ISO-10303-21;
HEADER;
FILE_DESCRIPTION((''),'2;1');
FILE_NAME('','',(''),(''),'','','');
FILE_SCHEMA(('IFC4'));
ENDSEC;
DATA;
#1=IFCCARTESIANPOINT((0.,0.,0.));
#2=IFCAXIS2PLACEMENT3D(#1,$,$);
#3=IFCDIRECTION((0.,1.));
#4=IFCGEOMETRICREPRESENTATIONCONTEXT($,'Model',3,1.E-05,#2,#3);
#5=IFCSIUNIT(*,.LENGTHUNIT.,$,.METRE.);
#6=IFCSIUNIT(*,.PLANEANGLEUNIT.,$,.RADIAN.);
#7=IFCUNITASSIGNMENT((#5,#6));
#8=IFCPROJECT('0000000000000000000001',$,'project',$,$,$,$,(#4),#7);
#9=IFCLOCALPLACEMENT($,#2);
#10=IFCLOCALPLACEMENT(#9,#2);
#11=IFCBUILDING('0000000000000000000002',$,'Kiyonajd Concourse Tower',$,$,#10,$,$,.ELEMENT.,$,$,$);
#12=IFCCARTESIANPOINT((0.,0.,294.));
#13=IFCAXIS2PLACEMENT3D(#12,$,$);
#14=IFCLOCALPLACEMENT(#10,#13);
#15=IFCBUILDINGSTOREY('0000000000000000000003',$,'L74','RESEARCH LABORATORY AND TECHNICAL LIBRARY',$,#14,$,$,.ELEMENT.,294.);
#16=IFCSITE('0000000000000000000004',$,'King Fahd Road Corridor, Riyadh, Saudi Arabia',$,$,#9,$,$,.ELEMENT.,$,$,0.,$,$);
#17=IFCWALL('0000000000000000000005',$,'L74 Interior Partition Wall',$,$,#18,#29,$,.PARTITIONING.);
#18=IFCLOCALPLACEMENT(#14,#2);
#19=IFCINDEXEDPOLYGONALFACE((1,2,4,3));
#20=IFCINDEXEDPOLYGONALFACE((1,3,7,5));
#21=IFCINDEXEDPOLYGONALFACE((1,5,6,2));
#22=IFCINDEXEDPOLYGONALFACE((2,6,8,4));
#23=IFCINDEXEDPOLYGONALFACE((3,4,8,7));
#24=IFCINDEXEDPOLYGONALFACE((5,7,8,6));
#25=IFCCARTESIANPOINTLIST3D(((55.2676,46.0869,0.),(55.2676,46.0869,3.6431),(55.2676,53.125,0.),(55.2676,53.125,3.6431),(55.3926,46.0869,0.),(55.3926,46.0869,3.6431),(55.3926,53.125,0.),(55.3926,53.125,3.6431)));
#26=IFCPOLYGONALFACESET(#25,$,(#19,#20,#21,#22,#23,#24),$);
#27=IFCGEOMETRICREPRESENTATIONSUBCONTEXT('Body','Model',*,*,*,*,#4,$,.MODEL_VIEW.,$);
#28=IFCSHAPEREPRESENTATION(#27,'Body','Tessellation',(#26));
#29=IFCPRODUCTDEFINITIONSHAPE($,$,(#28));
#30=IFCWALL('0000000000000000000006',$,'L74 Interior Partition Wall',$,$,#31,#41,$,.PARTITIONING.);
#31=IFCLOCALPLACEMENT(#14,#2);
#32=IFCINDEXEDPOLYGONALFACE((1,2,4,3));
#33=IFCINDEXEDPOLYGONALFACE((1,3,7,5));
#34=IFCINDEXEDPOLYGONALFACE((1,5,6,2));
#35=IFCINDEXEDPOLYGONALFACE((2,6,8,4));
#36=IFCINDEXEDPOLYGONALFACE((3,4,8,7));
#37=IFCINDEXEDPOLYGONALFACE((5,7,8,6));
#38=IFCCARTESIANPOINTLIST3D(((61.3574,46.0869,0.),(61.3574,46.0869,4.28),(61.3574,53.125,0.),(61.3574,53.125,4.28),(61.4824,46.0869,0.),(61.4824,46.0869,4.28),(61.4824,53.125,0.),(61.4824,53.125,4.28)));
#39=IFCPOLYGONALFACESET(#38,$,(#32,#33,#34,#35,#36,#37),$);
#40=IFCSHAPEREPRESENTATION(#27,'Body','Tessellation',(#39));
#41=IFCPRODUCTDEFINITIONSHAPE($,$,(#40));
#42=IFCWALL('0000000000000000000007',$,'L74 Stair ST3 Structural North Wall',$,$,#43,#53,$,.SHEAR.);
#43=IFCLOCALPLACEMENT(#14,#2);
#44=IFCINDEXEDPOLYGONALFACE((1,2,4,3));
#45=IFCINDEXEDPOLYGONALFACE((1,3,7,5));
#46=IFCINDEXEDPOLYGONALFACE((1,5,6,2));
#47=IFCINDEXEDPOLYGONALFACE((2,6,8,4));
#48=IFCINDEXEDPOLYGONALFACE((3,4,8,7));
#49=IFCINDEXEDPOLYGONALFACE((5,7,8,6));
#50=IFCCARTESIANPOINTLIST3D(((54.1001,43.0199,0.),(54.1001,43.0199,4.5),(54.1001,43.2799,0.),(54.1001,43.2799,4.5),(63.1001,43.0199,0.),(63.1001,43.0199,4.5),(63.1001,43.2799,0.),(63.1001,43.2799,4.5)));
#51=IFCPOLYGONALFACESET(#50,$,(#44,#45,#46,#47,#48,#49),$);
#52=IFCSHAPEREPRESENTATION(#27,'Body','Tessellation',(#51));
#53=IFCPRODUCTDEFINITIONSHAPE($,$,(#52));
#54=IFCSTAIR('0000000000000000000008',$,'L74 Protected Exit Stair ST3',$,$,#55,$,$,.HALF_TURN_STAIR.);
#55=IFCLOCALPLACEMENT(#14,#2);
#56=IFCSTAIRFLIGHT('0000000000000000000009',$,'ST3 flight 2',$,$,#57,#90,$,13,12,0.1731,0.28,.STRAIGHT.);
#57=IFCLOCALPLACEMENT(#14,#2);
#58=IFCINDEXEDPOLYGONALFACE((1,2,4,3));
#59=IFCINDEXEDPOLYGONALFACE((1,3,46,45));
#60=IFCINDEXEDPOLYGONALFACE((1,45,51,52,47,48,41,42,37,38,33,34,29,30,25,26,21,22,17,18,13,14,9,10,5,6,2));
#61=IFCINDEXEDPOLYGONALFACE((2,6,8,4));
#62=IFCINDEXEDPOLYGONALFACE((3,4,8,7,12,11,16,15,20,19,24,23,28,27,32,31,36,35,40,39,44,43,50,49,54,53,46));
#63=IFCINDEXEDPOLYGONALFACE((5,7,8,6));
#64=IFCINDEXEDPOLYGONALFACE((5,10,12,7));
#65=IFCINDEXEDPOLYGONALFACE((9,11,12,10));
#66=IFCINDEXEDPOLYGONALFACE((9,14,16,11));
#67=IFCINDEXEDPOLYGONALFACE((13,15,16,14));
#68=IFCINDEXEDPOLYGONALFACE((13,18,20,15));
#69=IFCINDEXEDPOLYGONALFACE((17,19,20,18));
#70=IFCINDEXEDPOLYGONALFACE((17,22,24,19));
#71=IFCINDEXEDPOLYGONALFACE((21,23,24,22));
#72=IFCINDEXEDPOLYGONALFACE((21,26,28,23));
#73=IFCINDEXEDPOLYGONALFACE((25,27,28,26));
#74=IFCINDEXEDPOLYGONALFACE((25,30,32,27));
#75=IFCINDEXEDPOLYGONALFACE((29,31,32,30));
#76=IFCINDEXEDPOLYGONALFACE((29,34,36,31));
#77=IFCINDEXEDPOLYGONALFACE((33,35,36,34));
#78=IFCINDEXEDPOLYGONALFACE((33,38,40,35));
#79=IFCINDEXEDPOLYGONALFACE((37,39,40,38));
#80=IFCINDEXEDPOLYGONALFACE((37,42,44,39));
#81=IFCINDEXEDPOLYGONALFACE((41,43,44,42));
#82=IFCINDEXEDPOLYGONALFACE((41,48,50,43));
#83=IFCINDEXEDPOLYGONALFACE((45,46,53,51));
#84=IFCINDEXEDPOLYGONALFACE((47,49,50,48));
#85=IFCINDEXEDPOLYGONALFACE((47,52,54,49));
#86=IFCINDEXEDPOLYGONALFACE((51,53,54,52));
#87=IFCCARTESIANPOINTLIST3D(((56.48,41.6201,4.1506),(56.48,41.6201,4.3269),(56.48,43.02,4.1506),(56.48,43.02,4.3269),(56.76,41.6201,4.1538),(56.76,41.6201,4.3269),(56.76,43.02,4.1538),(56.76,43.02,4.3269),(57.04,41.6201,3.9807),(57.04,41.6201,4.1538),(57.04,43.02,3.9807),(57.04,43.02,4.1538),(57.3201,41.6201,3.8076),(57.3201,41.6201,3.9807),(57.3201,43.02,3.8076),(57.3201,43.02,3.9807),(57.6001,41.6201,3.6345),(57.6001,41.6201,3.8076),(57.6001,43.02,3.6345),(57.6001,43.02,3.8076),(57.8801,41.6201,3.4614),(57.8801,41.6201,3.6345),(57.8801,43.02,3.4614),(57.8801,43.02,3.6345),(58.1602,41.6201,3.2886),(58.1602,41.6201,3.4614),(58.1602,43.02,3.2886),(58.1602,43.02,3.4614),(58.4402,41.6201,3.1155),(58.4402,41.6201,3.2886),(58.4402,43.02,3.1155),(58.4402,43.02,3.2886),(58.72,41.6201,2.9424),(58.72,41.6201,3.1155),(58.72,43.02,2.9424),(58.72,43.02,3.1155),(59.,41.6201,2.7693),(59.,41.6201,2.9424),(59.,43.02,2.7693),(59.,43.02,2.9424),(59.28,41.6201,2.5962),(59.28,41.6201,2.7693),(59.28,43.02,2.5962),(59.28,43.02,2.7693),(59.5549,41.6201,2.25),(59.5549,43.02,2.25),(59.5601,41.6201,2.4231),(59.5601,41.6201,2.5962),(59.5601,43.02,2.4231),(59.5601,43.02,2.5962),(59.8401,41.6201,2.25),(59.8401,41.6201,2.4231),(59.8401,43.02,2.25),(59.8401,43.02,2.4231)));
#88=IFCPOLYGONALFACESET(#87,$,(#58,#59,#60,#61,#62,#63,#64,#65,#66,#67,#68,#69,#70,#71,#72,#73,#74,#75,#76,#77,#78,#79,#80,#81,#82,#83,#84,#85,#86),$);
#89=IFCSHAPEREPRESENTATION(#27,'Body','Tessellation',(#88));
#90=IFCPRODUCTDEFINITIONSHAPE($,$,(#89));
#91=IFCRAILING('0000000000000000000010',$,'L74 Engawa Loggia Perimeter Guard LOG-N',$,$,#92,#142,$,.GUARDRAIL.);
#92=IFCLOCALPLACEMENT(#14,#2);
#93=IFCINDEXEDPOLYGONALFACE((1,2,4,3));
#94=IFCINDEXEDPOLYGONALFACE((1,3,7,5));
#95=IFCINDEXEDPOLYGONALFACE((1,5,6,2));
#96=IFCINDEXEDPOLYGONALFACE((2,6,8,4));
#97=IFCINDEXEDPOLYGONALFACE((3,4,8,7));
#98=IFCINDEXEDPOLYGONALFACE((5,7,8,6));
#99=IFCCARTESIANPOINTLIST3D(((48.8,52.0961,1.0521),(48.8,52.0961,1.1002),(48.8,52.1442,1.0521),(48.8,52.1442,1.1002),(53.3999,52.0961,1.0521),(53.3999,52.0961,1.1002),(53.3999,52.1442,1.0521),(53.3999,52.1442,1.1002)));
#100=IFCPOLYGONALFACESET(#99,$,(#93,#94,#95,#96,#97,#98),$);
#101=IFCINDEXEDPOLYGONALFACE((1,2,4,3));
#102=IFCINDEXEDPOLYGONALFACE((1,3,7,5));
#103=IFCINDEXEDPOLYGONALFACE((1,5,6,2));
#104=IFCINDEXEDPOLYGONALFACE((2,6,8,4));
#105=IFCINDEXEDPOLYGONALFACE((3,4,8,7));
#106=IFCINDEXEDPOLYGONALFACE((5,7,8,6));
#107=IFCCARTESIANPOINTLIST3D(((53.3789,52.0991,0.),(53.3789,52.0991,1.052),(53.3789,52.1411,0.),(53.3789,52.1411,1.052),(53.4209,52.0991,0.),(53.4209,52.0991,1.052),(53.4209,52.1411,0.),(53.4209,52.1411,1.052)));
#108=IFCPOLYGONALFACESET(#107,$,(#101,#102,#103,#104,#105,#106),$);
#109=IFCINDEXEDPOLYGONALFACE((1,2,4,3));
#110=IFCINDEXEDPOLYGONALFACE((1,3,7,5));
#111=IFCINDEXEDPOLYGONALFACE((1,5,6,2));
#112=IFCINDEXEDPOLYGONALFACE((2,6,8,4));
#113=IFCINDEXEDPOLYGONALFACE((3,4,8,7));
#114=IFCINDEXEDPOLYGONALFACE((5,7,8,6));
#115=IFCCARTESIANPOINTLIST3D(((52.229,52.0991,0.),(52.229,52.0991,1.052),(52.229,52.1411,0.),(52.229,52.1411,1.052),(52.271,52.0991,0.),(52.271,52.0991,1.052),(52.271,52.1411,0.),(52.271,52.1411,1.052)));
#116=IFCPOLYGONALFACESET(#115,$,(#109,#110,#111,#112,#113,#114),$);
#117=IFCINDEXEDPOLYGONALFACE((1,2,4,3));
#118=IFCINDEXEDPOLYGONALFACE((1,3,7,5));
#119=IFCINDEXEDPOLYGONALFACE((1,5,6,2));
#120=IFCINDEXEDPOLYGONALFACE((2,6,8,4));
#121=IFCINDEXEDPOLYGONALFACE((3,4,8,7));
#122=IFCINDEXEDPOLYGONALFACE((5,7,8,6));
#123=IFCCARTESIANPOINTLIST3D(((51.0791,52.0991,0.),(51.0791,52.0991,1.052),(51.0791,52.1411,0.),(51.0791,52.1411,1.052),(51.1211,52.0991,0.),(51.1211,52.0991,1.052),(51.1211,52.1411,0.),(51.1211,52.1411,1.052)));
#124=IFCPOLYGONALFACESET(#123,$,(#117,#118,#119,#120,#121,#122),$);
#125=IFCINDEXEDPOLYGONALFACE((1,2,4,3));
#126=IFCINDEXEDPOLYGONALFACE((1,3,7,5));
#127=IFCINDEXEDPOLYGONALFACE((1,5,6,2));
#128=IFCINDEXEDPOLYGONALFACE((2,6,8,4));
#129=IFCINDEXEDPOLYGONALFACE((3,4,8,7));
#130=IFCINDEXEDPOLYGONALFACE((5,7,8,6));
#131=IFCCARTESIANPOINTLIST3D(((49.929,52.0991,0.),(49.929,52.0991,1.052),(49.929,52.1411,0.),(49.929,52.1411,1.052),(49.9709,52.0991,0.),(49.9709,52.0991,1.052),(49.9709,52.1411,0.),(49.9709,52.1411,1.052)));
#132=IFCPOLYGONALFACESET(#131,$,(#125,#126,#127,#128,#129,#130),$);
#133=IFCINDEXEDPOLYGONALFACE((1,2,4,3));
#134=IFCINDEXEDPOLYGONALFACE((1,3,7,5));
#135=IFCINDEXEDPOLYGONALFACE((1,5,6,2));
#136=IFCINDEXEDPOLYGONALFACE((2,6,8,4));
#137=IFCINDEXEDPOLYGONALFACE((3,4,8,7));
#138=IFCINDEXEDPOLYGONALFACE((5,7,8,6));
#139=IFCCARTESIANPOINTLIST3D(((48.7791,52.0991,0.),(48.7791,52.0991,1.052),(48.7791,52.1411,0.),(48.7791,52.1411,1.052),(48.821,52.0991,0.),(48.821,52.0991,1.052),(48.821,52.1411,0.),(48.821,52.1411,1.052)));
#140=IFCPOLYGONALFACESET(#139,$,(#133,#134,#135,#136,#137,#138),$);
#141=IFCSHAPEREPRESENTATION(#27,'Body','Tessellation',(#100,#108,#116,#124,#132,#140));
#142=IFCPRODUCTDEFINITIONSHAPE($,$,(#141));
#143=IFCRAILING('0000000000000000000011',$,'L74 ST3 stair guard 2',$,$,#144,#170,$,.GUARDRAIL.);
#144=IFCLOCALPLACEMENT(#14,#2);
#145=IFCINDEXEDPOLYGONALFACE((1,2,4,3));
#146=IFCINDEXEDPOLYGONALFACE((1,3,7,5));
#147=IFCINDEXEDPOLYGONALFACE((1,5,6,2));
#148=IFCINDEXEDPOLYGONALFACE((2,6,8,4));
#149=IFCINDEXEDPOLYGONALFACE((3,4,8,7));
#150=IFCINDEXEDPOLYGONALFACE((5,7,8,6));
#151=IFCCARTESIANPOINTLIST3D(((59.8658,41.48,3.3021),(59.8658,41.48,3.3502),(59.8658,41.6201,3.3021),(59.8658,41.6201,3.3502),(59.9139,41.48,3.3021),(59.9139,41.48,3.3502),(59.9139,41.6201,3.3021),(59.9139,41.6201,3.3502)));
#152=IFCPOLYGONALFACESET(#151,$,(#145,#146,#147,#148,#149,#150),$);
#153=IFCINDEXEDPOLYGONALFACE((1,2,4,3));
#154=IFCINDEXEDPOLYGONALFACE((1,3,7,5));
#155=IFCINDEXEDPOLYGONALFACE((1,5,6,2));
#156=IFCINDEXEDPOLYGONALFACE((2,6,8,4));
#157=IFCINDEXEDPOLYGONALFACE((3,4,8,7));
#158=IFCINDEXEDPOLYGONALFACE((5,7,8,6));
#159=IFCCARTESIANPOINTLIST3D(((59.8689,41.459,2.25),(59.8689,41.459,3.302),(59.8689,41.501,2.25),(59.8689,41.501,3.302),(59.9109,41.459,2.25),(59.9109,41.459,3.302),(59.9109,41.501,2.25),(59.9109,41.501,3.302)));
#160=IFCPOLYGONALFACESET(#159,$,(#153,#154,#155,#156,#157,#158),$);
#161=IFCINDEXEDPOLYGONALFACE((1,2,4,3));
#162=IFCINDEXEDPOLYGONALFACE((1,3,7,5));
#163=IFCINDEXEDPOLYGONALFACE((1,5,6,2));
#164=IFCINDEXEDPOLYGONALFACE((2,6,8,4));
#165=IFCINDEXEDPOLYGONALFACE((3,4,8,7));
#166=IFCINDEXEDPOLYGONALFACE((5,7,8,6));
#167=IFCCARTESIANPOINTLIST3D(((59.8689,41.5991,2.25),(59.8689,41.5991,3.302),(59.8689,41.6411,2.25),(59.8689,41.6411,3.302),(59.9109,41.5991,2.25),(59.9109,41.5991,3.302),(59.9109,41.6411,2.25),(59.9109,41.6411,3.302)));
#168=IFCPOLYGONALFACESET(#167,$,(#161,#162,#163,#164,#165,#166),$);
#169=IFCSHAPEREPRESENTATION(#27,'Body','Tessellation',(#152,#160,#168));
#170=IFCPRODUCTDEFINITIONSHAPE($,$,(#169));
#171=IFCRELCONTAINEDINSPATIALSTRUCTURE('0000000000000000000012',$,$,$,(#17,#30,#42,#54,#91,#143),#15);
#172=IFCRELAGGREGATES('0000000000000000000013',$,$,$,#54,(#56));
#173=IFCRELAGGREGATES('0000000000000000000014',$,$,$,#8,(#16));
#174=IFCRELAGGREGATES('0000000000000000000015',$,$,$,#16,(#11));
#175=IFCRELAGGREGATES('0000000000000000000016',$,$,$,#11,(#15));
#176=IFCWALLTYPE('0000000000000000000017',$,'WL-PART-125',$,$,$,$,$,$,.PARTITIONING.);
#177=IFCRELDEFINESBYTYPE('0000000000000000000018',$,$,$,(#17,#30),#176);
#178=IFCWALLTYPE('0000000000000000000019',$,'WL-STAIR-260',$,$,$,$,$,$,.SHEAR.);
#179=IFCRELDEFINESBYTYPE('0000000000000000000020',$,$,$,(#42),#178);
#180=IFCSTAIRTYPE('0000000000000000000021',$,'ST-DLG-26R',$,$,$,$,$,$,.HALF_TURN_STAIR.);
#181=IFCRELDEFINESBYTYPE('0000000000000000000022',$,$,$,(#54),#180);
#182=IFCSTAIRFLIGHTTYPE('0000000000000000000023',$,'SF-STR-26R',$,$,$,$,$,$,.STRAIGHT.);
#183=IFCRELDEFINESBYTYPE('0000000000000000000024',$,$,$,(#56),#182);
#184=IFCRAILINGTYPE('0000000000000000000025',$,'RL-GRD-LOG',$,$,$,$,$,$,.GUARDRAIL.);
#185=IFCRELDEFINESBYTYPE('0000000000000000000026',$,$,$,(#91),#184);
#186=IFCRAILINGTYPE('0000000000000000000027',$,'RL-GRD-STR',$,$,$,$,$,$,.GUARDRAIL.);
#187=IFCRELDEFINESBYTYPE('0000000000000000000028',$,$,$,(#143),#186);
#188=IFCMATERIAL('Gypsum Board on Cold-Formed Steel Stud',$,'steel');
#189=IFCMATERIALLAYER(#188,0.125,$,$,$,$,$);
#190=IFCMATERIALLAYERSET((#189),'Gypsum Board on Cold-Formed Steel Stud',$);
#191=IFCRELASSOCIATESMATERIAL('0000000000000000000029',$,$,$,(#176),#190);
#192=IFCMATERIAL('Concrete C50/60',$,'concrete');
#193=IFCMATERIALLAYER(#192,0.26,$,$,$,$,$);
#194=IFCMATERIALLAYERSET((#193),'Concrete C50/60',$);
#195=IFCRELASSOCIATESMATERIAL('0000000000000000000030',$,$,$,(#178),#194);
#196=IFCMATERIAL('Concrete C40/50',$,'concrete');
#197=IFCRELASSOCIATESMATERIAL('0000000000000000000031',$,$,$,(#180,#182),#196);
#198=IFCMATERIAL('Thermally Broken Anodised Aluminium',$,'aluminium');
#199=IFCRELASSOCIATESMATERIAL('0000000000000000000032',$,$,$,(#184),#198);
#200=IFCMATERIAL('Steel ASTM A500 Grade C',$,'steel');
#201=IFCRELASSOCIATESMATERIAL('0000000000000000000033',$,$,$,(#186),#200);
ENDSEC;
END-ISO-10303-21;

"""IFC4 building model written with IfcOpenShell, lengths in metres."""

from ifc_helpers import new_model, si_unit, direction, frame, frame_2d, origin, origin_2d, place, context, subcontext, project, spatial, polyline, rectangle, outline, extrude, material, layer, layer_set, type_object, element, aggregate, save


model = new_model("IFC4")

# Units and contexts
model_context = context("Model", 3, precision=1e-05, world=origin(), true_north=direction((0.0, 1.0)))
body_context = subcontext(model_context, "Body", "Model", "MODEL_VIEW")
ifc_project = project(units=[si_unit("LENGTHUNIT", "METRE"), si_unit("PLANEANGLEUNIT", "RADIAN")], contexts=[model_context])

# Site, building, storey
site_placement = place(None, origin())
site = spatial("IfcSite", under=ifc_project, at=site_placement, Name="King Fahd Road Corridor, Riyadh, Saudi Arabia", CompositionType="ELEMENT", RefElevation=0.0)
building_placement = place(site_placement, origin())
building = spatial("IfcBuilding", under=site, at=building_placement, Name="Kiyonajd Concourse Tower", CompositionType="ELEMENT")
storey_placement = place(building_placement, frame((0.0, 0.0, 294.0)))
storey = spatial("IfcBuildingStorey", under=building, at=storey_placement, Name="L74", Description="RESEARCH LABORATORY AND TECHNICAL LIBRARY", CompositionType="ELEMENT", Elevation=294.0)

# Shared definitions
ifc_material_1 = material(Name="Thermally Broken Anodised Aluminium", Category="aluminium")

# Walls
ifc_material_2 = material(Name="Gypsum Board on Cold-Formed Steel Stud", Category="steel")
ifc_layer_1 = layer(ifc_material_2, 0.125)
ifc_layer_set_1 = layer_set([ifc_layer_1], Name="Gypsum Board on Cold-Formed Steel Stud")
wall_type_1 = type_object("IfcWallType", Name="WL-PART-125", PredefinedType="PARTITIONING", material=ifc_layer_set_1)
wall_1_placement = place(storey_placement, frame((55.3301, 46.0869, 0.0), z_axis=(0.0, 0.0, 1.0), x_axis=(0.0, 1.0, 0.0)))
element("IfcWall", 1, at=wall_1_placement, inside=storey, type_object=wall_type_1, Name="L74 Interior Partition Wall", PredefinedType="PARTITIONING", context=body_context, shape_type="SweptSolid", body=[
    extrude(rectangle(XDim=7.0381, YDim=0.125, at=frame_2d((3.519, 0.0))), origin(), (0.0, 0.0, 1.0), 3.6431),
])
wall_2_placement = place(storey_placement, frame((61.4199, 46.0869, 0.0), z_axis=(0.0, 0.0, 1.0), x_axis=(0.0, 1.0, 0.0)))
element("IfcWall", 2, at=wall_2_placement, inside=storey, type_object=wall_type_1, Name="L74 Interior Partition Wall", PredefinedType="PARTITIONING", context=body_context, shape_type="SweptSolid", body=[
    extrude(rectangle(XDim=7.0381, YDim=0.125, at=frame_2d((3.519, 0.0))), origin(), (0.0, 0.0, 1.0), 4.28),
])
ifc_material_3 = material(Name="Concrete C50/60", Category="concrete")
ifc_layer_2 = layer(ifc_material_3, 0.26)
ifc_layer_set_2 = layer_set([ifc_layer_2], Name="Concrete C50/60")
wall_type_2 = type_object("IfcWallType", Name="WL-STAIR-260", PredefinedType="SHEAR", material=ifc_layer_set_2)
wall_3_placement = place(storey_placement, frame((54.1001, 43.1499, 0.0), z_axis=(0.0, 0.0, 1.0), x_axis=(1.0, 0.0, 0.0)))
element("IfcWall", 3, at=wall_3_placement, inside=storey, type_object=wall_type_2, Name="L74 Stair ST3 Structural North Wall", PredefinedType="SHEAR", context=body_context, shape_type="SweptSolid", body=[
    extrude(rectangle(XDim=9.0, YDim=0.26, at=frame_2d((4.5, 0.0))), origin(), (0.0, 0.0, 1.0), 4.5),
])

# Stair, stair flight
ifc_material_4 = material(Name="Concrete C40/50", Category="concrete")
stair_type = type_object("IfcStairType", Name="ST-DLG-26R", PredefinedType="HALF_TURN_STAIR", material=ifc_material_4)
stair_placement = place(storey_placement, origin())
stair = element("IfcStair", 4, at=stair_placement, inside=storey, type_object=stair_type, Name="L74 Protected Exit Stair ST3", PredefinedType="HALF_TURN_STAIR")
stair_flight_type = type_object("IfcStairFlightType", Name="SF-STR-26R", PredefinedType="STRAIGHT", material=ifc_material_4)
stair_flight_placement = place(storey_placement, frame((59.8401, 42.3201, 2.25), z_axis=(0.0, 0.0, 1.0), x_axis=(-1.0, 0.0, 0.0)))
stair_flight = element("IfcStairFlight", 5, at=stair_flight_placement, type_object=stair_flight_type, Name="ST3 flight 2", NumberOfRisers=13, NumberOfTreads=12, PredefinedType="STRAIGHT", RiserHeight=0.1731, TreadLength=0.28, context=body_context, shape_type="SweptSolid", body=[
    extrude(outline(polyline([(0.0, 0.0), (0.0, 0.1731), (0.28, 0.1731), (0.28, 0.3462), (0.5601, 0.3462), (0.5601, 0.5193), (0.8401, 0.5193), (0.8401, 0.6924), (1.1201, 0.6924), (1.1201, 0.8655), (1.3999, 0.8655), (1.3999, 1.0386), (1.6799, 1.0386), (1.6799, 1.2114), (1.96, 1.2114), (1.96, 1.3845), (2.24, 1.3845), (2.24, 1.5576), (2.52, 1.5576), (2.52, 1.7307), (2.8, 1.7307), (2.8, 1.9038), (3.0801, 1.9038), (3.0801, 2.0769), (3.3601, 2.0769), (3.3601, 2.25), (3.3601, 1.9006), (0.2852, 0.0), (0.0, 0.0)])), frame((0.0, 0.7, 0.0), z_axis=(0.0, -1.0, 0.0), x_axis=(1.0, 0.0, 0.0)), (0.0, 0.0, 1.0), 1.3999),
])
aggregate(stair, [stair_flight])

# Railings
railing_type_1 = type_object("IfcRailingType", Name="RL-GRD-LOG", PredefinedType="GUARDRAIL", material=ifc_material_1)
railing_1_placement = place(storey_placement, frame((53.3999, 52.1201, 0.0)))
element("IfcRailing", 6, at=railing_1_placement, inside=storey, type_object=railing_type_1, Name="L74 Engawa Loggia Perimeter Guard LOG-N", PredefinedType="GUARDRAIL", context=body_context, shape_type="SweptSolid", body=[
    extrude(rectangle(XDim=0.0481, YDim=0.0481, at=origin_2d()), frame((0.0, 0.0, 1.0762), z_axis=(-1.0, 0.0, 0.0), x_axis=(0.0, -1.0, 0.0)), (0.0, 0.0, 1.0), 4.5999),
    extrude(rectangle(XDim=0.042, YDim=0.042, at=origin_2d()), origin(), (0.0, 0.0, 1.0), 1.052),
    extrude(rectangle(XDim=0.042, YDim=0.042, at=origin_2d()), frame((-1.1499, 0.0, 0.0)), (0.0, 0.0, 1.0), 1.052),
    extrude(rectangle(XDim=0.042, YDim=0.042, at=origin_2d()), frame((-2.2998, 0.0, 0.0)), (0.0, 0.0, 1.0), 1.052),
    extrude(rectangle(XDim=0.042, YDim=0.042, at=origin_2d()), frame((-3.45, 0.0, 0.0)), (0.0, 0.0, 1.0), 1.052),
    extrude(rectangle(XDim=0.042, YDim=0.042, at=origin_2d()), frame((-4.5999, 0.0, 0.0)), (0.0, 0.0, 1.0), 1.052),
])
ifc_material_5 = material(Name="Steel ASTM A500 Grade C", Category="steel")
railing_type_2 = type_object("IfcRailingType", Name="RL-GRD-STR", PredefinedType="GUARDRAIL", material=ifc_material_5)
railing_2_placement = place(storey_placement, frame((59.8899, 41.48, 2.25)))
element("IfcRailing", 7, at=railing_2_placement, inside=storey, type_object=railing_type_2, Name="L74 ST3 stair guard 2", PredefinedType="GUARDRAIL", context=body_context, shape_type="SweptSolid", body=[
    extrude(rectangle(XDim=0.0481, YDim=0.0481, at=origin_2d()), frame((0.0, 0.0, 1.0762), z_axis=(0.0, 1.0, 0.0), x_axis=(-1.0, 0.0, 0.0)), (0.0, 0.0, 1.0), 0.1401),
    extrude(rectangle(XDim=0.042, YDim=0.042, at=origin_2d()), origin(), (0.0, 0.0, 1.0), 1.052),
    extrude(rectangle(XDim=0.042, YDim=0.042, at=origin_2d()), frame((0.0, 0.1401, 0.0)), (0.0, 0.0, 1.0), 1.052),
])

save(model, "model.ifc")
